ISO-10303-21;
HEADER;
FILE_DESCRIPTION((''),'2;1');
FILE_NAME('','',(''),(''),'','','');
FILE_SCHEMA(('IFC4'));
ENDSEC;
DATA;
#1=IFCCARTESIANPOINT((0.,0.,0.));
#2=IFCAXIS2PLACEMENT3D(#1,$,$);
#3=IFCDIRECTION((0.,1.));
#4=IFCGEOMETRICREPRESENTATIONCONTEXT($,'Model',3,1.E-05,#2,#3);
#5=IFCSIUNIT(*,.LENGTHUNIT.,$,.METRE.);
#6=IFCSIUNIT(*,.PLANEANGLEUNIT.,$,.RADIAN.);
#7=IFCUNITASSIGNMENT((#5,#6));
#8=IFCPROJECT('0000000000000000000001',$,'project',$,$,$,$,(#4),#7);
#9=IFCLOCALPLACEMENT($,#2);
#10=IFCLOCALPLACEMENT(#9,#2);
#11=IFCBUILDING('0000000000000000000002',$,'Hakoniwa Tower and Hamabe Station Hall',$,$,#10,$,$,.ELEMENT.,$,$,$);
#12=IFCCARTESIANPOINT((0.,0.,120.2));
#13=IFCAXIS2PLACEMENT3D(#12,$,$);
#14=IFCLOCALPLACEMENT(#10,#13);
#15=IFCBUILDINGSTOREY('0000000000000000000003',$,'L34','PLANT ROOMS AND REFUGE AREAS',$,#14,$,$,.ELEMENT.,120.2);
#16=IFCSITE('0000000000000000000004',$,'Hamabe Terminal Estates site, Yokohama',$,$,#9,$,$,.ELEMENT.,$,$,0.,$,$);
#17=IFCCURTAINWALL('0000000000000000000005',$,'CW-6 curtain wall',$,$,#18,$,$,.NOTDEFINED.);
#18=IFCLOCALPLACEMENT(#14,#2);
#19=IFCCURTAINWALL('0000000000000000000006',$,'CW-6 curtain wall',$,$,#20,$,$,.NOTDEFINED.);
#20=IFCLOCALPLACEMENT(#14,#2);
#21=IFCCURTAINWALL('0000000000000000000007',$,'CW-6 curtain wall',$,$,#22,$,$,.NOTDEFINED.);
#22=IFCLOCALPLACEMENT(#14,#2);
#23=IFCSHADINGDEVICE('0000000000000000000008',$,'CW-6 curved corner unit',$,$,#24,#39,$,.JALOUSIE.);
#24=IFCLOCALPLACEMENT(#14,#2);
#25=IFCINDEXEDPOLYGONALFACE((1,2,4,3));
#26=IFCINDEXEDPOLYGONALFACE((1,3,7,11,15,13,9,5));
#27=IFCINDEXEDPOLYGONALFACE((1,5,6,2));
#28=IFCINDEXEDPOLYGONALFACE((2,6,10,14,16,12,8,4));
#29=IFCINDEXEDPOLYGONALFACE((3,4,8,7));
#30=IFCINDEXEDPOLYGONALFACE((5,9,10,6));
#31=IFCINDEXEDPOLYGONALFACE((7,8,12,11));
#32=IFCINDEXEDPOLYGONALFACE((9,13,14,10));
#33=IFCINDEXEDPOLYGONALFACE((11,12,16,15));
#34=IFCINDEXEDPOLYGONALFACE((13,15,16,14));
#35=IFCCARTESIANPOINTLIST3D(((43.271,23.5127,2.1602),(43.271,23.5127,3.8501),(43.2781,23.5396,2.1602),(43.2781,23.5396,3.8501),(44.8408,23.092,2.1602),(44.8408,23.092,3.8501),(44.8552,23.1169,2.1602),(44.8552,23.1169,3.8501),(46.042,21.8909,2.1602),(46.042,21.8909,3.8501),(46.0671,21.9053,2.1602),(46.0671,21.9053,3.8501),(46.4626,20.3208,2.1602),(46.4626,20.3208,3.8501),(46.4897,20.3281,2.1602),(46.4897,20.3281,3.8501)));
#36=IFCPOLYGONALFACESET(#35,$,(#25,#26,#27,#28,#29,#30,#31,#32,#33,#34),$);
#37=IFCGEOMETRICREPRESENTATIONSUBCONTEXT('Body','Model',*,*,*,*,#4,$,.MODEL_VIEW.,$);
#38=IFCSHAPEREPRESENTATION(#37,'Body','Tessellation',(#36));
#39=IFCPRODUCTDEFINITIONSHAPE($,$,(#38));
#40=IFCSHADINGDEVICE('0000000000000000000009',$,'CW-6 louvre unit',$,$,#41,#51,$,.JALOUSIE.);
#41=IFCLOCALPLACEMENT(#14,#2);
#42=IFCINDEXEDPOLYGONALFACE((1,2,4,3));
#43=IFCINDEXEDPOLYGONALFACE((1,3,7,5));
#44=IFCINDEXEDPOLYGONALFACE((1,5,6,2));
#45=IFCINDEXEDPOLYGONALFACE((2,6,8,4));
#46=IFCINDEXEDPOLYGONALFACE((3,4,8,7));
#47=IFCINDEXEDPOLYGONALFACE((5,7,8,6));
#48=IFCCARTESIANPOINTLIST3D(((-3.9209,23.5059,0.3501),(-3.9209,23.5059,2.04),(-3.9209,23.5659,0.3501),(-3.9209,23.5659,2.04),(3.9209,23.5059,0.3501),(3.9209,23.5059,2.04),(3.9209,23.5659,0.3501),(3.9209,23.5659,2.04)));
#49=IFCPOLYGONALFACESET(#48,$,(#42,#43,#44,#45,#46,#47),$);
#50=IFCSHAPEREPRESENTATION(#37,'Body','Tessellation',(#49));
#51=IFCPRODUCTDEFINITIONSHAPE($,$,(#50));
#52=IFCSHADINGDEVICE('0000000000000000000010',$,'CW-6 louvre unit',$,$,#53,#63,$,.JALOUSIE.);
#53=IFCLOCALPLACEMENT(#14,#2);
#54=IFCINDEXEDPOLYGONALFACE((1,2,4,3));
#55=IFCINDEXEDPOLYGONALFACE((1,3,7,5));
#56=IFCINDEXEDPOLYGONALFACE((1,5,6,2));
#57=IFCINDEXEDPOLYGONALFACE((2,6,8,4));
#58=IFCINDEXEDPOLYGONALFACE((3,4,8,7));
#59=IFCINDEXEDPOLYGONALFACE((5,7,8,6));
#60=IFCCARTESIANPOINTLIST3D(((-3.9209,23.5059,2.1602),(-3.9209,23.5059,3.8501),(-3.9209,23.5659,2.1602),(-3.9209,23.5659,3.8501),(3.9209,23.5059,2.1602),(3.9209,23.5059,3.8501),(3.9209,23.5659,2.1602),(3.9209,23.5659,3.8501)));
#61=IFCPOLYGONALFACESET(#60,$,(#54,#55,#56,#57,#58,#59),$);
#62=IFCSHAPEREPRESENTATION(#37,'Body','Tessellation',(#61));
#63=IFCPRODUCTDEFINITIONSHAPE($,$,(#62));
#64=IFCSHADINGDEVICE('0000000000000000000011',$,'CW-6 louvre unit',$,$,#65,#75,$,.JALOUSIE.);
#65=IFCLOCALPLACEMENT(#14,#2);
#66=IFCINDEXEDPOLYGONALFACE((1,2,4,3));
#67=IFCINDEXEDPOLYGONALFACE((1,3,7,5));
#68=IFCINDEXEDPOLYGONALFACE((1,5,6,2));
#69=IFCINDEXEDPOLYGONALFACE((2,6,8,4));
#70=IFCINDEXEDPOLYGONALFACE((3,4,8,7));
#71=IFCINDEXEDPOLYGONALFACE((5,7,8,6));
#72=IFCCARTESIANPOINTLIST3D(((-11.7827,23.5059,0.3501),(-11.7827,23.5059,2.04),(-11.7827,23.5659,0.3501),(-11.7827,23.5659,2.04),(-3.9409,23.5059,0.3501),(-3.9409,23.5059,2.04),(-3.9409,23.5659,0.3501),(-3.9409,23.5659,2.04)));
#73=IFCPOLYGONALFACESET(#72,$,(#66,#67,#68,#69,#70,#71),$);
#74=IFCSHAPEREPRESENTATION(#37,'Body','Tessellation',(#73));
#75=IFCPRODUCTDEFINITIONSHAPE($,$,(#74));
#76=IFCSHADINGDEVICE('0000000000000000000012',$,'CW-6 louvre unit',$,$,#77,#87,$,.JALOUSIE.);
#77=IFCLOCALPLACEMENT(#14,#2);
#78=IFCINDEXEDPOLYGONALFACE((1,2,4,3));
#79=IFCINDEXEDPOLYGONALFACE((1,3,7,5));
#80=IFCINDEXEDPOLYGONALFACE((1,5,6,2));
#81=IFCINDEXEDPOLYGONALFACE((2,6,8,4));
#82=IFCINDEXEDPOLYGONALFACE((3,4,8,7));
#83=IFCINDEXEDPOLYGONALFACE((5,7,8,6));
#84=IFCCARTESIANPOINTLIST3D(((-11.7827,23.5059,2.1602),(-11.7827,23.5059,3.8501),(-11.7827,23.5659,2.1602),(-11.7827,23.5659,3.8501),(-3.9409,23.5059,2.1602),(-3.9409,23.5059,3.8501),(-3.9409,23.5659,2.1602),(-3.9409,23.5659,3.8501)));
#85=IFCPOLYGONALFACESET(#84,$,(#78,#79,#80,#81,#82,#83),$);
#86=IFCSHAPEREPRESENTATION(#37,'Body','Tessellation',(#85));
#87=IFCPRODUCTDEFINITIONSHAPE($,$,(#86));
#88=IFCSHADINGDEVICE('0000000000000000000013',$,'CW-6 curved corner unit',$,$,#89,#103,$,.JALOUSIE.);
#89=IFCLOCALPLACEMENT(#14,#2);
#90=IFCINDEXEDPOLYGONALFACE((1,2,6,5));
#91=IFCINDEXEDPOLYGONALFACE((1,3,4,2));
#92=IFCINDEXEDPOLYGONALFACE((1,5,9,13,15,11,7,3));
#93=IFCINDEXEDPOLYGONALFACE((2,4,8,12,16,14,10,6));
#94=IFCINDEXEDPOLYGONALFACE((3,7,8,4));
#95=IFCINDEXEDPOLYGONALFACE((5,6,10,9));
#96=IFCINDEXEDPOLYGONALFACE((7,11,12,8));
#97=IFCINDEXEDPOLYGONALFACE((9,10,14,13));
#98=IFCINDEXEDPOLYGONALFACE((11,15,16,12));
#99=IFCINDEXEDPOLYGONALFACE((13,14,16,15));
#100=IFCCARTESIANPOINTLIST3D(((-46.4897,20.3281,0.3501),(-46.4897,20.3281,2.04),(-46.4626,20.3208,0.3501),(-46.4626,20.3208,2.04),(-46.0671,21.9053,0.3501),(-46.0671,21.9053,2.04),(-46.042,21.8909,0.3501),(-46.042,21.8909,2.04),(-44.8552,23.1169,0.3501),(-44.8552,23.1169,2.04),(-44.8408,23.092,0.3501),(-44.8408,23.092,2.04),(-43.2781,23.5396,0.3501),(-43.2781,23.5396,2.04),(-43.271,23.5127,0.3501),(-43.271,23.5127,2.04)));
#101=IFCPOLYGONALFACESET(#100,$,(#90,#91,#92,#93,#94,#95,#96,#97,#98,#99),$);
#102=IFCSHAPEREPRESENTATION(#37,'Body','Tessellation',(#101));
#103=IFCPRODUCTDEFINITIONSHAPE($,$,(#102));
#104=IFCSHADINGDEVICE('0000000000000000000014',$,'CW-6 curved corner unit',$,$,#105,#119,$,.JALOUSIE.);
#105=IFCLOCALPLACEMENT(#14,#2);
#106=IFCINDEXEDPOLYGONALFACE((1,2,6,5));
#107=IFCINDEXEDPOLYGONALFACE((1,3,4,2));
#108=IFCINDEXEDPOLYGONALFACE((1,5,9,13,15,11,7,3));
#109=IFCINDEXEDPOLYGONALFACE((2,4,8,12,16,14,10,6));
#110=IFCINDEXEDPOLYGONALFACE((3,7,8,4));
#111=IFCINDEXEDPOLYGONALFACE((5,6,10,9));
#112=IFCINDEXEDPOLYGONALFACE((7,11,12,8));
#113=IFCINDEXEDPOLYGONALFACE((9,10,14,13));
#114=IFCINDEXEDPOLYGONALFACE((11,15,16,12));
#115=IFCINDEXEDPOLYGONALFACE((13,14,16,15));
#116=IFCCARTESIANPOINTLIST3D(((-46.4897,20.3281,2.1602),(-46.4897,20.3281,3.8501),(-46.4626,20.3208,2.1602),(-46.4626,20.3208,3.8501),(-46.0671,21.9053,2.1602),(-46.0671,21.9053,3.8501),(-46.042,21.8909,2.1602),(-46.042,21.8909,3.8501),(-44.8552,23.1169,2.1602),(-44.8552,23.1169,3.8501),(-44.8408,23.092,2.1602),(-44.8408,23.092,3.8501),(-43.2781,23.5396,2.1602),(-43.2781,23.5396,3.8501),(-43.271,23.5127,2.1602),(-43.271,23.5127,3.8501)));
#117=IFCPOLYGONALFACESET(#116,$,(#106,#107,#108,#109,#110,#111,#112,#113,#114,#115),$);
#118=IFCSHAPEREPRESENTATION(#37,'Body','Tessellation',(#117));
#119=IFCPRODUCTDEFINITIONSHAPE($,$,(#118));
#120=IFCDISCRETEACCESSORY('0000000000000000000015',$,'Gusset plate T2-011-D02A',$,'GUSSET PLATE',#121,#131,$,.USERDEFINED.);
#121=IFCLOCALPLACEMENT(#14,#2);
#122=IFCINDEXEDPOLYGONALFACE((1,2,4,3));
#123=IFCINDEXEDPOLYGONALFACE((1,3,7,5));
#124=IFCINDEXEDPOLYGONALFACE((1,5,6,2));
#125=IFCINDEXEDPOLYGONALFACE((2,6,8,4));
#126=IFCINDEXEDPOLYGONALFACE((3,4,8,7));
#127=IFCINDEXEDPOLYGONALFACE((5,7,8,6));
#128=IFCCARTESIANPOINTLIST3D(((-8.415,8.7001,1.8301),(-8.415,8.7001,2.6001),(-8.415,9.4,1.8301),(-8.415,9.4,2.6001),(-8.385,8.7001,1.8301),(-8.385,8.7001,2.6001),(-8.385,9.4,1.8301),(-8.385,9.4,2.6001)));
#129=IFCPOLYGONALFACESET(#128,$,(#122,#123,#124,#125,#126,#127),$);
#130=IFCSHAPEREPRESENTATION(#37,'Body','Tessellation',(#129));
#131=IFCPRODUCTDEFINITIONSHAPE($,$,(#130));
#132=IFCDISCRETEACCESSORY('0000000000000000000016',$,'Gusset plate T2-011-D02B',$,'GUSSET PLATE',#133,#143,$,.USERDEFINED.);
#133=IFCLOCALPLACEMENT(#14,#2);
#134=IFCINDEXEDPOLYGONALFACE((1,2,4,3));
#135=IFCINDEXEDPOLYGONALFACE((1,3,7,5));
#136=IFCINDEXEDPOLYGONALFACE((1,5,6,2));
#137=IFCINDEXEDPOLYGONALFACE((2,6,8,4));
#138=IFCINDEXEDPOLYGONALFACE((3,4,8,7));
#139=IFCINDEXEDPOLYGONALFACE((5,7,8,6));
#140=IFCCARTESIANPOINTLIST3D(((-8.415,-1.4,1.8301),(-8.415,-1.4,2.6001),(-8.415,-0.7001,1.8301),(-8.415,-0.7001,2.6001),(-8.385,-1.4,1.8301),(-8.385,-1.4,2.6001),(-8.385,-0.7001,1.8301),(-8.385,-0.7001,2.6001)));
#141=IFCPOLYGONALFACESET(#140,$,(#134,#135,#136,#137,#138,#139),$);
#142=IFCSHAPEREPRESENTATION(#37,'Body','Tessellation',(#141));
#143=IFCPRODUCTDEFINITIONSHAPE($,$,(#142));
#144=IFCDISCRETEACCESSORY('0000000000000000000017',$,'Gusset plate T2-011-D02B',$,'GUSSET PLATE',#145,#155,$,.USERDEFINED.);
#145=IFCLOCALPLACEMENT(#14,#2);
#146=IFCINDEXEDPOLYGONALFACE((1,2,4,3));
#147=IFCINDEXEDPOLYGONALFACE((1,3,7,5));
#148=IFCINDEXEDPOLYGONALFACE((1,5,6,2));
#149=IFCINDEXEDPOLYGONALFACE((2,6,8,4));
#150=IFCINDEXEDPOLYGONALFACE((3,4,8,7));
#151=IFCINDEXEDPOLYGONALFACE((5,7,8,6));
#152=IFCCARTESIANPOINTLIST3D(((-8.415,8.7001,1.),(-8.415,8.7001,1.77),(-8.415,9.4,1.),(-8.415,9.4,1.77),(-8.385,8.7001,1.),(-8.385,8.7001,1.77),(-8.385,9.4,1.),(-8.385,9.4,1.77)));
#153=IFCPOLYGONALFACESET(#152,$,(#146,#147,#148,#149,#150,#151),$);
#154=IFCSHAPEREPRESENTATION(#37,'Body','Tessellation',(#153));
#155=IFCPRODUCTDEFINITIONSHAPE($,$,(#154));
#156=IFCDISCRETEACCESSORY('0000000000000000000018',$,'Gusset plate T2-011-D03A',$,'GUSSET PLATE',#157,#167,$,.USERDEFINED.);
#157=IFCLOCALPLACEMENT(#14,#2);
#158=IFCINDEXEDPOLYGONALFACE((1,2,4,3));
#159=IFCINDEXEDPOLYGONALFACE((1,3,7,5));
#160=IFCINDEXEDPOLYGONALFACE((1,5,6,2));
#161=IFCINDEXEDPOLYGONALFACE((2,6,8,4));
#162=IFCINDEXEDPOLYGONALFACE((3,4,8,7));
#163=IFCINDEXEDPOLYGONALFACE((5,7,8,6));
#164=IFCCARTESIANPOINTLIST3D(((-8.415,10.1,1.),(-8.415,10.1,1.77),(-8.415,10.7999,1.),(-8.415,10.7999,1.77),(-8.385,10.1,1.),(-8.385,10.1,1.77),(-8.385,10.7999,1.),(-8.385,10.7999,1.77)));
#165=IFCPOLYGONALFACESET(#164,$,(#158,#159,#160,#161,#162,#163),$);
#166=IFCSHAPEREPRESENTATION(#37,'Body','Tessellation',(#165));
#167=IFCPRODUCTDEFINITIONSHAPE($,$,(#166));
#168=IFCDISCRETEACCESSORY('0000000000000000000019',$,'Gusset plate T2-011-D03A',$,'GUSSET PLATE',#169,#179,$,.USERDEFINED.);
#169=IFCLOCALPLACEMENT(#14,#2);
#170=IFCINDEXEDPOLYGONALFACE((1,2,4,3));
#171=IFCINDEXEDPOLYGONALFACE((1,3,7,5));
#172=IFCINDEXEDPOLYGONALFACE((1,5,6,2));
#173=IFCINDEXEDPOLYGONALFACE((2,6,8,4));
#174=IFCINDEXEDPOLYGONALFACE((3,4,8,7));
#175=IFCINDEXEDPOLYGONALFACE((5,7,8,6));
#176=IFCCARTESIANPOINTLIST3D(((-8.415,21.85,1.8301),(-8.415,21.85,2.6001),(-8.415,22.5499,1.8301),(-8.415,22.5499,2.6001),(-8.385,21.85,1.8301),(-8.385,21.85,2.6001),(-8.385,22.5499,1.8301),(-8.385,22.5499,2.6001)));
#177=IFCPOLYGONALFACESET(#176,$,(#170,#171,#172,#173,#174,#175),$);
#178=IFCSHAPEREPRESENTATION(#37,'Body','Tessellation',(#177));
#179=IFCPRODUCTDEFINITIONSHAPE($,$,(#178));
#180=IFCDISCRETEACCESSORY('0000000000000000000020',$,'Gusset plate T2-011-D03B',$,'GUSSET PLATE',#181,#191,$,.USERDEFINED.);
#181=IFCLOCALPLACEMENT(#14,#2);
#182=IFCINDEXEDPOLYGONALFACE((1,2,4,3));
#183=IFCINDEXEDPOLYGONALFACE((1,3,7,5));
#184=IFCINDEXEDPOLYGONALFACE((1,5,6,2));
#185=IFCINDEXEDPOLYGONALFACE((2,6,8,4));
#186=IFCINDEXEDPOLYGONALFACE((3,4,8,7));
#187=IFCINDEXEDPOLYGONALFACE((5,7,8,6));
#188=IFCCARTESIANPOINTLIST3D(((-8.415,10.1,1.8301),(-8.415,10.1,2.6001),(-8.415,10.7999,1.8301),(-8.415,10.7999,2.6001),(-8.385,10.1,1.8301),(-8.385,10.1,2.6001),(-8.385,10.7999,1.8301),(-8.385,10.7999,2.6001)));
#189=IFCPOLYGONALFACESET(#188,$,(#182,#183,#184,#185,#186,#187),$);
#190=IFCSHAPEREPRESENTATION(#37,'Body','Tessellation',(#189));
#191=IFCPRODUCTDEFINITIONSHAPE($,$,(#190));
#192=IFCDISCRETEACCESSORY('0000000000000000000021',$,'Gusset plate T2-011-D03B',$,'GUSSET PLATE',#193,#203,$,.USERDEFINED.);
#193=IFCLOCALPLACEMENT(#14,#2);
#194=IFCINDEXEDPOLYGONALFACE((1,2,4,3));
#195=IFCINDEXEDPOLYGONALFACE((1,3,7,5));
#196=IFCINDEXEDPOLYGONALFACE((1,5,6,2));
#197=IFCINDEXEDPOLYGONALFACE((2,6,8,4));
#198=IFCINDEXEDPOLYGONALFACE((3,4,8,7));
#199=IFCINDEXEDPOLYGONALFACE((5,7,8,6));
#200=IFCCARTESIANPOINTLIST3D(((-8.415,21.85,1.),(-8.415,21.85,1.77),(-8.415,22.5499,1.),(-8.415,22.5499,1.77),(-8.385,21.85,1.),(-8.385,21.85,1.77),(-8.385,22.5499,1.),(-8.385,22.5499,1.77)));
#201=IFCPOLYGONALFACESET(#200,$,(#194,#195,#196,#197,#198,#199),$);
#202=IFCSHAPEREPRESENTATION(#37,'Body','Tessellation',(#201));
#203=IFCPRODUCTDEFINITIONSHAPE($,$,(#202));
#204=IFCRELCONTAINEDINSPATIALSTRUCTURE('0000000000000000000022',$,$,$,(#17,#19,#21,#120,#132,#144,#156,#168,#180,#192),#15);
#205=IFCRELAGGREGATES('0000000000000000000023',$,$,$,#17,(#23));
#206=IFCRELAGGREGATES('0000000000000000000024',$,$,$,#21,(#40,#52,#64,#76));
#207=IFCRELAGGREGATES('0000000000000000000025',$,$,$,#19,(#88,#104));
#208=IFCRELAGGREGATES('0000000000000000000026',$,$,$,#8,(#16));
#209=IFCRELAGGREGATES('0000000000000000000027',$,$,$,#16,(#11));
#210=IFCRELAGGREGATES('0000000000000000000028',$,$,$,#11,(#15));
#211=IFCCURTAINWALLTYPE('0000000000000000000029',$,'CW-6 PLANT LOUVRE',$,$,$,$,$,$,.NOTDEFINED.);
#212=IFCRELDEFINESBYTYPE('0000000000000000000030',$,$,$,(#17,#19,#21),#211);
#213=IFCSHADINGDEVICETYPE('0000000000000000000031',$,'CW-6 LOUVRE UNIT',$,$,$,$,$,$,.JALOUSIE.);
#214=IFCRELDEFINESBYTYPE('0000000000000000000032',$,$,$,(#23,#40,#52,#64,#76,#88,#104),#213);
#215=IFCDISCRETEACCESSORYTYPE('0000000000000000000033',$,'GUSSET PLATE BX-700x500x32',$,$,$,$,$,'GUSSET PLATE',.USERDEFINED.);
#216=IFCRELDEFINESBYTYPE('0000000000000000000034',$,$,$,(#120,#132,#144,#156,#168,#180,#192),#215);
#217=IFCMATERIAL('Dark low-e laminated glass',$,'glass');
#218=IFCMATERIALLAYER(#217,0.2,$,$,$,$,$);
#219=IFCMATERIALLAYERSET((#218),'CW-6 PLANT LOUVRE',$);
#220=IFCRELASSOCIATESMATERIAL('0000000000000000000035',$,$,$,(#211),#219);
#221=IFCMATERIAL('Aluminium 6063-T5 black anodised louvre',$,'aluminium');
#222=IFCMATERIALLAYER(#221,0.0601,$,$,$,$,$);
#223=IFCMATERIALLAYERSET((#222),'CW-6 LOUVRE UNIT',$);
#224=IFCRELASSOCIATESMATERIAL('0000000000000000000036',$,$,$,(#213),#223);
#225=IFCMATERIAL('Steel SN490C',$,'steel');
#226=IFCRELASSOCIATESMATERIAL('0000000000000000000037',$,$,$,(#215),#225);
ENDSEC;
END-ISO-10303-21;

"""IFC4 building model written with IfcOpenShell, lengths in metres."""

from ifc_helpers import new_model, si_unit, direction, frame, origin, origin_2d, place, context, subcontext, project, spatial, polyline, rectangle, outline, extrude, material, layer, layer_set, material_profile, profile_set, type_object, element, aggregate, save


model = new_model("IFC4")

# Units and contexts
model_context = context("Model", 3, precision=1e-05, world=origin(), true_north=direction((0.0, 1.0)))
body_context = subcontext(model_context, "Body", "Model", "MODEL_VIEW")
ifc_project = project(units=[si_unit("LENGTHUNIT", "METRE"), si_unit("PLANEANGLEUNIT", "RADIAN")], contexts=[model_context])

# Site, building, storey
site_placement = place(None, origin())
site = spatial("IfcSite", under=ifc_project, at=site_placement, Name="Hamabe Terminal Estates site, Yokohama", CompositionType="ELEMENT", RefElevation=0.0)
building_placement = place(site_placement, origin())
building = spatial("IfcBuilding", under=site, at=building_placement, Name="Hakoniwa Tower and Hamabe Station Hall", CompositionType="ELEMENT")
storey_placement = place(building_placement, frame((0.0, 0.0, 120.2)))
storey = spatial("IfcBuildingStorey", under=building, at=storey_placement, Name="L34", Description="PLANT ROOMS AND REFUGE AREAS", CompositionType="ELEMENT", Elevation=120.2)

# Curtain wall
ifc_material_1 = material(Name="Dark low-e laminated glass", Category="glass")
ifc_layer_1 = layer(ifc_material_1, 0.2)
ifc_layer_set_1 = layer_set([ifc_layer_1], Name="CW-6 PLANT LOUVRE")
curtain_wall_type = type_object("IfcCurtainWallType", Name="CW-6 PLANT LOUVRE", PredefinedType="NOTDEFINED", material=ifc_layer_set_1)
curtain_wall_1_placement = place(storey_placement, origin())
curtain_wall_1 = element("IfcCurtainWall", 1, at=curtain_wall_1_placement, inside=storey, type_object=curtain_wall_type, Name="CW-6 curtain wall", PredefinedType="NOTDEFINED")

# Curtain wall
curtain_wall_2_placement = place(storey_placement, origin())
curtain_wall_2 = element("IfcCurtainWall", 2, at=curtain_wall_2_placement, inside=storey, type_object=curtain_wall_type, Name="CW-6 curtain wall", PredefinedType="NOTDEFINED")

# Curtain wall
curtain_wall_3_placement = place(storey_placement, origin())
curtain_wall_3 = element("IfcCurtainWall", 3, at=curtain_wall_3_placement, inside=storey, type_object=curtain_wall_type, Name="CW-6 curtain wall", PredefinedType="NOTDEFINED")

# Shading devices
ifc_material_2 = material(Name="Aluminium 6063-T5 black anodised louvre", Category="aluminium")
ifc_layer_2 = layer(ifc_material_2, 0.0601)
ifc_layer_set_2 = layer_set([ifc_layer_2], Name="CW-6 LOUVRE UNIT")
shading_device_type = type_object("IfcShadingDeviceType", Name="CW-6 LOUVRE UNIT", PredefinedType="JALOUSIE", material=ifc_layer_set_2)
shading_device_1_placement = place(storey_placement, frame((0.0, 0.0, 2.1602)))
shading_device_1 = element("IfcShadingDevice", 4, at=shading_device_1_placement, type_object=shading_device_type, Name="CW-6 curved corner unit", PredefinedType="JALOUSIE", context=body_context, shape_type="SweptSolid", body=[
    extrude(outline(polyline([(46.4897, 20.3281), (46.0671, 21.9053), (44.8552, 23.1169), (43.2781, 23.5396), (43.271, 23.5127), (44.8408, 23.092), (46.042, 21.8909), (46.4626, 20.3208), (46.4897, 20.3281)])), origin(), (0.0, 0.0, 1.0), 1.6899),
])
aggregate(curtain_wall_1, [shading_device_1])
shading_device_2_placement = place(storey_placement, frame((0.0, 23.5359, 0.3501), z_axis=(0.0, 0.0, 1.0), x_axis=(-1.0, 0.0, 0.0)))
shading_device_2 = element("IfcShadingDevice", 5, at=shading_device_2_placement, type_object=shading_device_type, Name="CW-6 louvre unit", PredefinedType="JALOUSIE", context=body_context, shape_type="SweptSolid", body=[
    extrude(rectangle(XDim=7.8418, YDim=0.0601, at=origin_2d()), origin(), (0.0, 0.0, 1.0), 1.6899),
])
shading_device_3_placement = place(storey_placement, frame((0.0, 23.5359, 2.1602), z_axis=(0.0, 0.0, 1.0), x_axis=(-1.0, 0.0, 0.0)))
shading_device_3 = element("IfcShadingDevice", 6, at=shading_device_3_placement, type_object=shading_device_type, Name="CW-6 louvre unit", PredefinedType="JALOUSIE", context=body_context, shape_type="SweptSolid", body=[
    extrude(rectangle(XDim=7.8418, YDim=0.0601, at=origin_2d()), origin(), (0.0, 0.0, 1.0), 1.6899),
])
shading_device_4_placement = place(storey_placement, frame((-7.8618, 23.5359, 0.3501), z_axis=(0.0, 0.0, 1.0), x_axis=(-1.0, 0.0, 0.0)))
shading_device_4 = element("IfcShadingDevice", 7, at=shading_device_4_placement, type_object=shading_device_type, Name="CW-6 louvre unit", PredefinedType="JALOUSIE", context=body_context, shape_type="SweptSolid", body=[
    extrude(rectangle(XDim=7.8418, YDim=0.0601, at=origin_2d()), origin(), (0.0, 0.0, 1.0), 1.6899),
])
shading_device_5_placement = place(storey_placement, frame((-7.8618, 23.5359, 2.1602), z_axis=(0.0, 0.0, 1.0), x_axis=(-1.0, 0.0, 0.0)))
shading_device_5 = element("IfcShadingDevice", 8, at=shading_device_5_placement, type_object=shading_device_type, Name="CW-6 louvre unit", PredefinedType="JALOUSIE", context=body_context, shape_type="SweptSolid", body=[
    extrude(rectangle(XDim=7.8418, YDim=0.0601, at=origin_2d()), origin(), (0.0, 0.0, 1.0), 1.6899),
])
aggregate(curtain_wall_3, [shading_device_2, shading_device_3, shading_device_4, shading_device_5])
shading_device_6_placement = place(storey_placement, frame((0.0, 0.0, 0.3501)))
shading_device_6 = element("IfcShadingDevice", 9, at=shading_device_6_placement, type_object=shading_device_type, Name="CW-6 curved corner unit", PredefinedType="JALOUSIE", context=body_context, shape_type="SweptSolid", body=[
    extrude(outline(polyline([(-43.2781, 23.5396), (-44.8552, 23.1169), (-46.0671, 21.9053), (-46.4897, 20.3281), (-46.4626, 20.3208), (-46.042, 21.8909), (-44.8408, 23.092), (-43.271, 23.5127), (-43.2781, 23.5396)])), origin(), (0.0, 0.0, 1.0), 1.6899),
])
shading_device_7_placement = place(storey_placement, frame((0.0, 0.0, 2.1602)))
shading_device_7 = element("IfcShadingDevice", 10, at=shading_device_7_placement, type_object=shading_device_type, Name="CW-6 curved corner unit", PredefinedType="JALOUSIE", context=body_context, shape_type="SweptSolid", body=[
    extrude(outline(polyline([(-43.2781, 23.5396), (-44.8552, 23.1169), (-46.0671, 21.9053), (-46.4897, 20.3281), (-46.4626, 20.3208), (-46.042, 21.8909), (-44.8408, 23.092), (-43.271, 23.5127), (-43.2781, 23.5396)])), origin(), (0.0, 0.0, 1.0), 1.6899),
])
aggregate(curtain_wall_2, [shading_device_6, shading_device_7])

# Discrete accessories
ifc_material_3 = material(Name="Steel SN490C", Category="steel")
ifc_material_profile_1 = material_profile(ifc_material_3, rectangle(XDim=0.7, YDim=0.77, at=origin_2d()), Name="GUSSET PLATE BX-700x500x32")
ifc_profile_set_1 = profile_set([ifc_material_profile_1], Name="Steel SN490C")
discrete_accessory_type = type_object("IfcDiscreteAccessoryType", Name="GUSSET PLATE BX-700x500x32", ElementType="GUSSET PLATE", PredefinedType="USERDEFINED", material=ifc_profile_set_1)
for number, where, z_axis, x_axis, name in (
    (11, (-8.385, 9.05, 2.2151), (-1.0, 0.0, 0.0), (0.0, -1.0, 0.0), "Gusset plate T2-011-D02A"),
    (12, (-8.385, -1.05, 2.2151), (-1.0, 0.0, 0.0), (0.0, -1.0, 0.0), "Gusset plate T2-011-D02B"),
    (13, (-8.385, 9.05, 1.385), (-1.0, 0.0, 0.0), (0.0, -1.0, 0.0), "Gusset plate T2-011-D02B"),
    (14, (-8.385, 10.45, 1.385), (-1.0, 0.0, 0.0), (0.0, -1.0, 0.0), "Gusset plate T2-011-D03A"),
    (15, (-8.385, 22.2, 2.2151), (-1.0, 0.0, 0.0), (0.0, -1.0, 0.0), "Gusset plate T2-011-D03A"),
    (16, (-8.385, 10.45, 2.2151), (-1.0, 0.0, 0.0), (0.0, -1.0, 0.0), "Gusset plate T2-011-D03B"),
    (17, (-8.385, 22.2, 1.385), (-1.0, 0.0, 0.0), (0.0, -1.0, 0.0), "Gusset plate T2-011-D03B"),
):
    element("IfcDiscreteAccessory", number, at=place(storey_placement, frame(where, z_axis=z_axis, x_axis=x_axis)), inside=storey, type_object=discrete_accessory_type, Name=name, ObjectType="GUSSET PLATE", PredefinedType="USERDEFINED", context=body_context, shape_type="SweptSolid", body=[
        extrude(rectangle(XDim=0.7, YDim=0.77, at=origin_2d()), origin(), (0.0, 0.0, 1.0), 0.03),
    ])

save(model, "model.ifc")
